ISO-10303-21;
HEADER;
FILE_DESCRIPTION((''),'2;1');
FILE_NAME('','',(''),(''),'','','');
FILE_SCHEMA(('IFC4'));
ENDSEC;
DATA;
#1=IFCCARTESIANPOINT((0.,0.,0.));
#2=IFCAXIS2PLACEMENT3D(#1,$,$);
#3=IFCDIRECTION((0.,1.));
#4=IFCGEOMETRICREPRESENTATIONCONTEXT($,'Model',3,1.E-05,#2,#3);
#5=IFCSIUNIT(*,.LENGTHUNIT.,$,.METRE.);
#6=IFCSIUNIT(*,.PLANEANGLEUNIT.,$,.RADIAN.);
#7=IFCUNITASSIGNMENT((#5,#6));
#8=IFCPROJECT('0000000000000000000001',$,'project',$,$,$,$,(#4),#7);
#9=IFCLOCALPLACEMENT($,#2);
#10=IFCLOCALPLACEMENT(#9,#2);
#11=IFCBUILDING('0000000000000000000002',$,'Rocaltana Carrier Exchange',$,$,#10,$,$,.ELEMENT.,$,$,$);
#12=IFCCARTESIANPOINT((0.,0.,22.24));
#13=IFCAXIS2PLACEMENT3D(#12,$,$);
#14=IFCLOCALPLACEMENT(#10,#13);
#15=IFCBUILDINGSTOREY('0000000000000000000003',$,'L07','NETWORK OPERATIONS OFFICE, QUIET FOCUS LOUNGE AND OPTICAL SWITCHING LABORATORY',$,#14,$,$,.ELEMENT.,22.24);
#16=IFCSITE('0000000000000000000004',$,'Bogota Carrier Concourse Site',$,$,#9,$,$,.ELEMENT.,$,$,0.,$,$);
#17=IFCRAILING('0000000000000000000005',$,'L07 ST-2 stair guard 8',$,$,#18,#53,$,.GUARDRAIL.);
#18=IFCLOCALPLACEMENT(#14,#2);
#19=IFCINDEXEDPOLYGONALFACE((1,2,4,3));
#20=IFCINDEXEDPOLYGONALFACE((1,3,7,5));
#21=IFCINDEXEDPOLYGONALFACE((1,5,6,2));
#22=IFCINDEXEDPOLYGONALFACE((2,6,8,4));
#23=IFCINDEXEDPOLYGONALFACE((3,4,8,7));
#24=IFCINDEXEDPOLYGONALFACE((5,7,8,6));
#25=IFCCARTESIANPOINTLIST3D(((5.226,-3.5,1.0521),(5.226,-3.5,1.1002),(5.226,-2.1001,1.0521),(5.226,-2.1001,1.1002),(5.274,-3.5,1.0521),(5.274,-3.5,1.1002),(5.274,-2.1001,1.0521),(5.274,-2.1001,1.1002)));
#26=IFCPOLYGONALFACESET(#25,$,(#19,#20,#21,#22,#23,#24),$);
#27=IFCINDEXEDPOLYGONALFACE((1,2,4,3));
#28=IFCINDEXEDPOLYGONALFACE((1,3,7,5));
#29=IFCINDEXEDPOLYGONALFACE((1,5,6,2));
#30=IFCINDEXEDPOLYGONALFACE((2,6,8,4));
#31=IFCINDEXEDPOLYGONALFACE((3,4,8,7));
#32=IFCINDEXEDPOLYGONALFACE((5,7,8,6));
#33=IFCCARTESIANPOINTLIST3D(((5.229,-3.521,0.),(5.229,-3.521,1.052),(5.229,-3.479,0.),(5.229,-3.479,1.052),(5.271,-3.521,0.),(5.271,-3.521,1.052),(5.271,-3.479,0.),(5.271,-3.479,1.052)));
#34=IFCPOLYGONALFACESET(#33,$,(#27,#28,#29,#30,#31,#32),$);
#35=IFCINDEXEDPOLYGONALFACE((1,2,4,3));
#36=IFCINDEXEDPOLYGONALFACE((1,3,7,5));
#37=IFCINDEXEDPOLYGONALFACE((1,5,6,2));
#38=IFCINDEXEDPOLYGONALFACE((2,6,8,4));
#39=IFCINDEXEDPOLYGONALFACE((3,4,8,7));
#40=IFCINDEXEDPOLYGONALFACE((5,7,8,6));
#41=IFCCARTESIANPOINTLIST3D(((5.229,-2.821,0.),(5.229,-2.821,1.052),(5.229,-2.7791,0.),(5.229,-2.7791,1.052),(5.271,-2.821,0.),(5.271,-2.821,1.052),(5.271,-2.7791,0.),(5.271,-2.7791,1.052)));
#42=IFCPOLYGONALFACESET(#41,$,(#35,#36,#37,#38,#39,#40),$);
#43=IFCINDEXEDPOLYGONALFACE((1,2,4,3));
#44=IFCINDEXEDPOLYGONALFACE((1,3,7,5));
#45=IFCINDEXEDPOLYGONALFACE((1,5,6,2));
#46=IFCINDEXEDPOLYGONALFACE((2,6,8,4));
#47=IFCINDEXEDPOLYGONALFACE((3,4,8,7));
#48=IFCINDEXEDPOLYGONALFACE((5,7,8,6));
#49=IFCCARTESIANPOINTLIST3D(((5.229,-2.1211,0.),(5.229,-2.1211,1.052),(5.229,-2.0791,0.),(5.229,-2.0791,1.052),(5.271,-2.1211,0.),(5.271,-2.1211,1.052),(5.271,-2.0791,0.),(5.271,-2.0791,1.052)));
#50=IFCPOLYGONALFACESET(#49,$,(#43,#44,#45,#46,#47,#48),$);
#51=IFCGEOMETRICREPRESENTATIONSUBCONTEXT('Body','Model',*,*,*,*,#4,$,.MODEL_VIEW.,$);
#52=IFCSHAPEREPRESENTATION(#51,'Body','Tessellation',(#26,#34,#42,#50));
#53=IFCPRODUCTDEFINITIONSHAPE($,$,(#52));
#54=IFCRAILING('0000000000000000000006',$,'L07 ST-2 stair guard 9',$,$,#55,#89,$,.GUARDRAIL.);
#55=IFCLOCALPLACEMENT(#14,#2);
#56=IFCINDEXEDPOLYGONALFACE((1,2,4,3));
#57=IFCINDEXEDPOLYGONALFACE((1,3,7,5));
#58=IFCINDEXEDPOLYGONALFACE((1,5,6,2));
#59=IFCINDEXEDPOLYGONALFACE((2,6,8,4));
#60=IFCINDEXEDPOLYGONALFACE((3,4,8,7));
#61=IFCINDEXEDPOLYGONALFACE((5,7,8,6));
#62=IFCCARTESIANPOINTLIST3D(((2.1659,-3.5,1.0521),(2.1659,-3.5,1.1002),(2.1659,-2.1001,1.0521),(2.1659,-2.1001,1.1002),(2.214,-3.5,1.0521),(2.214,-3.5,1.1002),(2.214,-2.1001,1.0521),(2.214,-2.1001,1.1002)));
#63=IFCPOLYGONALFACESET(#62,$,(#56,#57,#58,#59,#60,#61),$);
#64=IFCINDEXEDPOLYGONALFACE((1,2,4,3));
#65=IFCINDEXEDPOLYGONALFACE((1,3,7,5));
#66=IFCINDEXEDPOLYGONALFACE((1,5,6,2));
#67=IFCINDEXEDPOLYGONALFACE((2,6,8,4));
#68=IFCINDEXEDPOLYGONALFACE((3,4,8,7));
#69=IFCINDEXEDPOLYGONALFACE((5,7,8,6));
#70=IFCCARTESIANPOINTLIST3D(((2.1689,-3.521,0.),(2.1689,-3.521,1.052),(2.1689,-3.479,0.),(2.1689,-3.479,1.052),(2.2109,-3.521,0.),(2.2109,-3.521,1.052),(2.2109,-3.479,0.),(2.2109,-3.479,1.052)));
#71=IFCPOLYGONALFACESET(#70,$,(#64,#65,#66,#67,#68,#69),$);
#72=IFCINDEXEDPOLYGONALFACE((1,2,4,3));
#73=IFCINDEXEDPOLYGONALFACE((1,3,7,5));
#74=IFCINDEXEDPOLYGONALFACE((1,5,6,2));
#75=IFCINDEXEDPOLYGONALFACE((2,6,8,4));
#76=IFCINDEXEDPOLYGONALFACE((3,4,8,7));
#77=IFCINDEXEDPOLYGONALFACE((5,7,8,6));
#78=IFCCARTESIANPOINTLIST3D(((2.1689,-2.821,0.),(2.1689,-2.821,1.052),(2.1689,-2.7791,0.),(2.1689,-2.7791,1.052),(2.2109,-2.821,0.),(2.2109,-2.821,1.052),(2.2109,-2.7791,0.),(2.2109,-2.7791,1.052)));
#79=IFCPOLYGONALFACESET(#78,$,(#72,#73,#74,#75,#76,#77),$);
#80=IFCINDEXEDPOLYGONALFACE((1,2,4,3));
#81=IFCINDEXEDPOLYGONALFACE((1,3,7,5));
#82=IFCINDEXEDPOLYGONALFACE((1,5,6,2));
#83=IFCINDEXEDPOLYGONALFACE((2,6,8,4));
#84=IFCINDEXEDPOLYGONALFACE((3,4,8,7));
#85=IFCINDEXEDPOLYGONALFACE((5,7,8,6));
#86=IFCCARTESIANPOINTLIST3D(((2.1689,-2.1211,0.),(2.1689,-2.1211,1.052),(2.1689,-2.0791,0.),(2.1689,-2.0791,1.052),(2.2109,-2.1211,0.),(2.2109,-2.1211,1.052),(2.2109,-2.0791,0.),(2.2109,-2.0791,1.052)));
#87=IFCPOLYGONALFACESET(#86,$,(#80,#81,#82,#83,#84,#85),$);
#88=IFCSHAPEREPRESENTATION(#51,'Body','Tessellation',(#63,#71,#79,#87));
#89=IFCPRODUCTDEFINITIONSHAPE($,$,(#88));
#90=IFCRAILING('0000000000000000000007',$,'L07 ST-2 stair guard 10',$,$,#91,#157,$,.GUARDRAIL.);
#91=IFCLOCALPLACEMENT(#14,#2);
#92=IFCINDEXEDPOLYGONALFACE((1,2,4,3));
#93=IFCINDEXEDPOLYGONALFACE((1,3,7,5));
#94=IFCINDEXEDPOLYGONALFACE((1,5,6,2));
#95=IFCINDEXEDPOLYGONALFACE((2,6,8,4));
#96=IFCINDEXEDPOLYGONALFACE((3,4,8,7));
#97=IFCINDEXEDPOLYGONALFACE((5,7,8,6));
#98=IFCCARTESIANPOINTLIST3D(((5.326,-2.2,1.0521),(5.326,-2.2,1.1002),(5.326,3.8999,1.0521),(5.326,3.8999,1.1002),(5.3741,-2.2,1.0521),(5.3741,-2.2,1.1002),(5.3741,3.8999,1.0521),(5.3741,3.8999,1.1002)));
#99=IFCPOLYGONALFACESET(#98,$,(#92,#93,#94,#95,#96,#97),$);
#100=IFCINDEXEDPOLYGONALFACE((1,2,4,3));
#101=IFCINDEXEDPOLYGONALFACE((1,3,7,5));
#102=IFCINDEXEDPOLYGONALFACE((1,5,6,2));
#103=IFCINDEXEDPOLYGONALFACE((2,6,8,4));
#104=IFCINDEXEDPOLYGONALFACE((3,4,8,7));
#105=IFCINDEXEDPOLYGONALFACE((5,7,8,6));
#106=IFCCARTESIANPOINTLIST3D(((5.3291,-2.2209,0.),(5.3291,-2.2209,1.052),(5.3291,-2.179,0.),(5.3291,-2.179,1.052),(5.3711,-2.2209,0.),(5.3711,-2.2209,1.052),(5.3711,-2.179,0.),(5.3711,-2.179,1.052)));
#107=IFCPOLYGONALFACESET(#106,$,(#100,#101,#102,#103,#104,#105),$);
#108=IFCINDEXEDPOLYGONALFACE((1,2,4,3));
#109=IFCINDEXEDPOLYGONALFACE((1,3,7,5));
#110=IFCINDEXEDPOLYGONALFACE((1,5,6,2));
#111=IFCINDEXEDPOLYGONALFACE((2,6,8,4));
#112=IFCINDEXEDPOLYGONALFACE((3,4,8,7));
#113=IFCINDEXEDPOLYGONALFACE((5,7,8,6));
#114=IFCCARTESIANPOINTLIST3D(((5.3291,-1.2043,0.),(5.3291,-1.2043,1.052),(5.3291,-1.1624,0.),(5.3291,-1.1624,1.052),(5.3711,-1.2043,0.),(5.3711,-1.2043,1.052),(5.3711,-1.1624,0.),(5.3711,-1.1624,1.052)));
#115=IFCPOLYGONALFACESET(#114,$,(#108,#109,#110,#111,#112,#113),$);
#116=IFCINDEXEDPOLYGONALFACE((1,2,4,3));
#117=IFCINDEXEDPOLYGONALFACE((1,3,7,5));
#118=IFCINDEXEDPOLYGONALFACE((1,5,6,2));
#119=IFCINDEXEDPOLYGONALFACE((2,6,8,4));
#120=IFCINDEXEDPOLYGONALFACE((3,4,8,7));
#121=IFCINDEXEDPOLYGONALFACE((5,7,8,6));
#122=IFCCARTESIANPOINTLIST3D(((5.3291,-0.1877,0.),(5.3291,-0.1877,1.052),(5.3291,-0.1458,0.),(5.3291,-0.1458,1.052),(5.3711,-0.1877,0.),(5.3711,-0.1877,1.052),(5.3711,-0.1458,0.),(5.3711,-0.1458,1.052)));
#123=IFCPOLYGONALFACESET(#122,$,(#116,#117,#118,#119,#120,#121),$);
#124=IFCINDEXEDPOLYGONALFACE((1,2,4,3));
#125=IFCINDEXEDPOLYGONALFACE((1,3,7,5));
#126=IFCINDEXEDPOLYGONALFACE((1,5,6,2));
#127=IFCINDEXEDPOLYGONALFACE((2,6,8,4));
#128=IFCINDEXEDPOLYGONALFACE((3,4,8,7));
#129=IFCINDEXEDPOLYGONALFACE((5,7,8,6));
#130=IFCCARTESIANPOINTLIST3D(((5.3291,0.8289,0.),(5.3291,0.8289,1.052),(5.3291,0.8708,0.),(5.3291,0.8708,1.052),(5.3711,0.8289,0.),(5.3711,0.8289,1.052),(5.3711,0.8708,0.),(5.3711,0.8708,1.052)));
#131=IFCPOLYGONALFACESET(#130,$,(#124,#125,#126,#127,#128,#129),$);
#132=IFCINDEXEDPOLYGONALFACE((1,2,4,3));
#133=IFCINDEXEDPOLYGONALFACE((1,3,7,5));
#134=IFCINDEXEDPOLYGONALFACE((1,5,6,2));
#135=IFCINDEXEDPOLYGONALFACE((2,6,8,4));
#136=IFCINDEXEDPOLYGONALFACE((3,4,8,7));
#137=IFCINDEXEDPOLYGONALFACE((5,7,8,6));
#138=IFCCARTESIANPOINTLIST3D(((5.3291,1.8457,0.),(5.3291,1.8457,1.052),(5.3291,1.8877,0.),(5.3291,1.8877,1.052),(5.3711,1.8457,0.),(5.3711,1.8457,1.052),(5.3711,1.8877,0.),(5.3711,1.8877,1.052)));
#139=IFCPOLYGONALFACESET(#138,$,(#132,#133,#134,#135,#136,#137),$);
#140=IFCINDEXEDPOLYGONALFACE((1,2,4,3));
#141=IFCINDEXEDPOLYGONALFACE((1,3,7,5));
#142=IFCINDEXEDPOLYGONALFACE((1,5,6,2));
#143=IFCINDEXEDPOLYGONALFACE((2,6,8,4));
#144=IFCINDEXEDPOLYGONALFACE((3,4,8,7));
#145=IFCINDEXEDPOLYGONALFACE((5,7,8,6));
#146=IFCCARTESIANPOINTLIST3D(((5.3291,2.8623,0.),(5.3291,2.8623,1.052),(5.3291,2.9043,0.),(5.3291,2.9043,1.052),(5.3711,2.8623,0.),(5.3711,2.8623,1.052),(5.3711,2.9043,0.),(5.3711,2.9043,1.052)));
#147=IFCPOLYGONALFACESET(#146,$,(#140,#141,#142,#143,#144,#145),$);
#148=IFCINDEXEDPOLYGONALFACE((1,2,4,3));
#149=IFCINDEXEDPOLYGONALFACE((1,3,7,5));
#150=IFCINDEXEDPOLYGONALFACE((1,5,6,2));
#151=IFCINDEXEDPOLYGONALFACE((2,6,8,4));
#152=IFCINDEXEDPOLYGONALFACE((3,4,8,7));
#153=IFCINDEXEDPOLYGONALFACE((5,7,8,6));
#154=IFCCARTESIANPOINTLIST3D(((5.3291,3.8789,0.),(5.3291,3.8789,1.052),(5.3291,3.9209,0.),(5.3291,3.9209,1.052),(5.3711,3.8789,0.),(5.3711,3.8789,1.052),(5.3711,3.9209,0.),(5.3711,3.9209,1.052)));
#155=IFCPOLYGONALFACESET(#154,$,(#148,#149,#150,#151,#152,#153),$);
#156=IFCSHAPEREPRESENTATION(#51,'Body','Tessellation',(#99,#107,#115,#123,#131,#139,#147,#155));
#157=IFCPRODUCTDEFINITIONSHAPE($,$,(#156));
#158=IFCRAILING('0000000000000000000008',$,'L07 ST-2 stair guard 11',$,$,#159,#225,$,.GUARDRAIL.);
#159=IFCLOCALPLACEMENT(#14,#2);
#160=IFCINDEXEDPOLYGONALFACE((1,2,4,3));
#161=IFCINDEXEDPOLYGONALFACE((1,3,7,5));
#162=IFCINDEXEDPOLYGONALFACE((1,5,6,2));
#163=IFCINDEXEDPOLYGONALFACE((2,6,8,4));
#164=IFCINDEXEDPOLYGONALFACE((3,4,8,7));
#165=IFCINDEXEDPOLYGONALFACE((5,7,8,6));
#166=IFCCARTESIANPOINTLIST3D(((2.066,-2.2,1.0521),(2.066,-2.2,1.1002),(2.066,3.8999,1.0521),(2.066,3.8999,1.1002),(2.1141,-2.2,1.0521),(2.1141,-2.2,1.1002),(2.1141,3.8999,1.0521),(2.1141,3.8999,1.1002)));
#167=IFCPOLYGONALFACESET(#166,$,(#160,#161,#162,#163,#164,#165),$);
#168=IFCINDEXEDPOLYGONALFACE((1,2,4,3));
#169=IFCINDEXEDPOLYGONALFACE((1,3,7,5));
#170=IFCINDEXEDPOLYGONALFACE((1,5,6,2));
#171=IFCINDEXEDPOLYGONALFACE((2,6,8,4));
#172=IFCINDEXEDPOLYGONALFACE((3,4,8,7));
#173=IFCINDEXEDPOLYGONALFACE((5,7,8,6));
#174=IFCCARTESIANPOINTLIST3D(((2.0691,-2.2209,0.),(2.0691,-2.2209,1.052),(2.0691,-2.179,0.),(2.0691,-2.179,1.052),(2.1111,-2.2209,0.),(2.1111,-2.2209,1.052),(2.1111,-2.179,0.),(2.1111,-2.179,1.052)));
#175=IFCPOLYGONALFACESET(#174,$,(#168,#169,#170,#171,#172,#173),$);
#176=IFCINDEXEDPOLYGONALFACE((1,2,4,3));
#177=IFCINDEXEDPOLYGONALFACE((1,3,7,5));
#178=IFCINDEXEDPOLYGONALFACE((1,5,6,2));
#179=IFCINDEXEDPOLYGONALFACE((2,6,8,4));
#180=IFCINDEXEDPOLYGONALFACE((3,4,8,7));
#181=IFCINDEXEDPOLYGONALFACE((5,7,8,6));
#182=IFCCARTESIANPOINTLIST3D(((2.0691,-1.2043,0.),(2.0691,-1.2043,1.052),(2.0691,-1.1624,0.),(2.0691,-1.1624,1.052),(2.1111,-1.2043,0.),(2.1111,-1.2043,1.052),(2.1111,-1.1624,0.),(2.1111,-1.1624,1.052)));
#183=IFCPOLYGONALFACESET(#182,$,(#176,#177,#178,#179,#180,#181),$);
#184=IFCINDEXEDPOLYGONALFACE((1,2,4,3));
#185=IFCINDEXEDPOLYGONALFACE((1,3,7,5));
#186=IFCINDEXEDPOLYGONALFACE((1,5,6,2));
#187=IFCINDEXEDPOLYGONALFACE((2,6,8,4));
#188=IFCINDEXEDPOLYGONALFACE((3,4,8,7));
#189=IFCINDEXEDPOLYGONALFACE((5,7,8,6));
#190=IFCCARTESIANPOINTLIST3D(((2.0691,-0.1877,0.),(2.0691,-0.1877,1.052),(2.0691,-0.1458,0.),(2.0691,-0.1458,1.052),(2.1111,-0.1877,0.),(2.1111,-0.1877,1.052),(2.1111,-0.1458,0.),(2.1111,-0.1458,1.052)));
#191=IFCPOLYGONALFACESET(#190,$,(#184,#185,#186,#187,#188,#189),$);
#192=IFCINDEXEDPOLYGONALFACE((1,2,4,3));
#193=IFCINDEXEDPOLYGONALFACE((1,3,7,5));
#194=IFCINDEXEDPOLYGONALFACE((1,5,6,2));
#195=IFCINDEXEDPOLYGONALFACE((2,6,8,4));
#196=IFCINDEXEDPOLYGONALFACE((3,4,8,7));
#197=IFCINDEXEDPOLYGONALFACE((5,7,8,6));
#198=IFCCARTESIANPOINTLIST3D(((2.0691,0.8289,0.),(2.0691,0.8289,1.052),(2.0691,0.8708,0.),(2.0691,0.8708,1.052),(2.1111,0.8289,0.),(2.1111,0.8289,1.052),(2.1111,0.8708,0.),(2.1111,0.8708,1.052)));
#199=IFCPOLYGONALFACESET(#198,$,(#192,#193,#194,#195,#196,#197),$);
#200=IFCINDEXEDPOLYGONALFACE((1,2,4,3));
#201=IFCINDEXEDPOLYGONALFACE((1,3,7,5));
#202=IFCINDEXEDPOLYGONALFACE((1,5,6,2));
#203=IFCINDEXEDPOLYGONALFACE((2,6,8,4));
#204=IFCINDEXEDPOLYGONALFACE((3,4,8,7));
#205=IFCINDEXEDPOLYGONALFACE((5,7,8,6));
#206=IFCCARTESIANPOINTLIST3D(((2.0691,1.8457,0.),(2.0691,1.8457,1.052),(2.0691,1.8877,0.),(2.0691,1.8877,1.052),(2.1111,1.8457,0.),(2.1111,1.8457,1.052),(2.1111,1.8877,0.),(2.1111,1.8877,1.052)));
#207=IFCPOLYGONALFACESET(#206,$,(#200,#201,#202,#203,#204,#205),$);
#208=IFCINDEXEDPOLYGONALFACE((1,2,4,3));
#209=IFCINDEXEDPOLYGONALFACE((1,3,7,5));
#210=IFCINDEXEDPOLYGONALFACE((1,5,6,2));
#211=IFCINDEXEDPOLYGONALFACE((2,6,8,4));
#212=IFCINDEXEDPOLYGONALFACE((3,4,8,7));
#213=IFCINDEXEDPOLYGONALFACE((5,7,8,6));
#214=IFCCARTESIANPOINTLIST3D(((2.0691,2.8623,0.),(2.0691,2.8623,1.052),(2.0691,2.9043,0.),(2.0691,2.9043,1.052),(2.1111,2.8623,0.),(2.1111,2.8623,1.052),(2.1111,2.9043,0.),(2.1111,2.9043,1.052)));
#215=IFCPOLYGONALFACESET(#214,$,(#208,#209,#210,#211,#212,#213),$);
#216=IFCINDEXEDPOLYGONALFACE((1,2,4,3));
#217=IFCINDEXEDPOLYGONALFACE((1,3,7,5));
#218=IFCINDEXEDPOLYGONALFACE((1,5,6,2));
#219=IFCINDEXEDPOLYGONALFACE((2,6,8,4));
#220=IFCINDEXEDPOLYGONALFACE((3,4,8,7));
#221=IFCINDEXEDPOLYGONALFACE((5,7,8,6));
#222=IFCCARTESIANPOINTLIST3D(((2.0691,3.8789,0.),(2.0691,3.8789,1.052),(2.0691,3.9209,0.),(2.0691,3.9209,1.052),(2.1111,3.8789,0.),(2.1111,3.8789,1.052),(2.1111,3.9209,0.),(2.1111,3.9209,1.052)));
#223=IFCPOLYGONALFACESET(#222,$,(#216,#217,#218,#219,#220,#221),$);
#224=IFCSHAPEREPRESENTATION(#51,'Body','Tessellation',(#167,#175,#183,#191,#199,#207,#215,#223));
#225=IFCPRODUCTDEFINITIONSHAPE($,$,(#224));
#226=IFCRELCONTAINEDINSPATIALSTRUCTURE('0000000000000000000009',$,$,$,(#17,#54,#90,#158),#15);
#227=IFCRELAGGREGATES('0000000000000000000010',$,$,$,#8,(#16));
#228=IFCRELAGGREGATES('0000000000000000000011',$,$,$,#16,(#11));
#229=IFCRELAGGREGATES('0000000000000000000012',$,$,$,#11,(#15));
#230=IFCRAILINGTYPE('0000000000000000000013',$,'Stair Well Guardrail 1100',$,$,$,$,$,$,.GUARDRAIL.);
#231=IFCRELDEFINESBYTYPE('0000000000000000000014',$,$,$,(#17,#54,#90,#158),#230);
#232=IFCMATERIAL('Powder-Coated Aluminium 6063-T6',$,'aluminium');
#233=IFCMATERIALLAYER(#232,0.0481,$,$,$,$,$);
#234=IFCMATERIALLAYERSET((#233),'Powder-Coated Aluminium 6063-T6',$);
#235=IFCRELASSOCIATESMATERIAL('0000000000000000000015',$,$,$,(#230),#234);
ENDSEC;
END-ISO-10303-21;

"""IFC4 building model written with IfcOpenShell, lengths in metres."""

from ifc_helpers import new_model, si_unit, direction, frame, origin, origin_2d, place, context, subcontext, project, spatial, rectangle, extrude, material, layer, layer_set, type_object, element, save


model = new_model("IFC4")

# Units and contexts
model_context = context("Model", 3, precision=1e-05, world=origin(), true_north=direction((0.0, 1.0)))
body_context = subcontext(model_context, "Body", "Model", "MODEL_VIEW")
ifc_project = project(units=[si_unit("LENGTHUNIT", "METRE"), si_unit("PLANEANGLEUNIT", "RADIAN")], contexts=[model_context])

# Site, building, storey
site_placement = place(None, origin())
site = spatial("IfcSite", under=ifc_project, at=site_placement, Name="Bogota Carrier Concourse Site", CompositionType="ELEMENT", RefElevation=0.0)
building_placement = place(site_placement, origin())
building = spatial("IfcBuilding", under=site, at=building_placement, Name="Rocaltana Carrier Exchange", CompositionType="ELEMENT")
storey_placement = place(building_placement, frame((0.0, 0.0, 22.24)))
storey = spatial("IfcBuildingStorey", under=building, at=storey_placement, Name="L07", Description="NETWORK OPERATIONS OFFICE, QUIET FOCUS LOUNGE AND OPTICAL SWITCHING LABORATORY", CompositionType="ELEMENT", Elevation=22.24)

# Railings
ifc_material_1 = material(Name="Powder-Coated Aluminium 6063-T6", Category="aluminium")
ifc_layer_1 = layer(ifc_material_1, 0.0481)
ifc_layer_set_1 = layer_set([ifc_layer_1], Name="Powder-Coated Aluminium 6063-T6")
railing_type_1 = type_object("IfcRailingType", Name="Stair Well Guardrail 1100", PredefinedType="GUARDRAIL", material=ifc_layer_set_1)
for number, where, name in (
    (1, (5.25, -3.5, 0.0), "L07 ST-2 stair guard 8"),
    (2, (2.1899, -3.5, 0.0), "L07 ST-2 stair guard 9"),
):
    element("IfcRailing", number, at=place(storey_placement, frame(where)), inside=storey, type_object=railing_type_1, Name=name, PredefinedType="GUARDRAIL", context=body_context, shape_type="SweptSolid", body=[
        extrude(rectangle(XDim=0.0481, YDim=0.0481, at=origin_2d()), frame((0.0, 0.0, 1.0762), z_axis=(0.0, 1.0, 0.0), x_axis=(-1.0, 0.0, 0.0)), (0.0, 0.0, 1.0), 1.3999),
        extrude(rectangle(XDim=0.042, YDim=0.042, at=origin_2d()), origin(), (0.0, 0.0, 1.0), 1.052),
        extrude(rectangle(XDim=0.042, YDim=0.042, at=origin_2d()), frame((0.0, 0.7, 0.0)), (0.0, 0.0, 1.0), 1.052),
        extrude(rectangle(XDim=0.042, YDim=0.042, at=origin_2d()), frame((0.0, 1.3999, 0.0)), (0.0, 0.0, 1.0), 1.052),
    ])
for number, where, name in (
    (3, (5.3501, -2.2, 0.0), "L07 ST-2 stair guard 10"),
    (4, (2.0901, -2.2, 0.0), "L07 ST-2 stair guard 11"),
):
    element("IfcRailing", number, at=place(storey_placement, frame(where)), inside=storey, type_object=railing_type_1, Name=name, PredefinedType="GUARDRAIL", context=body_context, shape_type="SweptSolid", body=[
        extrude(rectangle(XDim=0.0481, YDim=0.0481, at=origin_2d()), frame((0.0, 0.0, 1.0762), z_axis=(0.0, 1.0, 0.0), x_axis=(-1.0, 0.0, 0.0)), (0.0, 0.0, 1.0), 6.0999),
        extrude(rectangle(XDim=0.042, YDim=0.042, at=origin_2d()), origin(), (0.0, 0.0, 1.0), 1.052),
        extrude(rectangle(XDim=0.042, YDim=0.042, at=origin_2d()), frame((0.0, 1.0166, 0.0)), (0.0, 0.0, 1.0), 1.052),
        extrude(rectangle(XDim=0.042, YDim=0.042, at=origin_2d()), frame((0.0, 2.0332, 0.0)), (0.0, 0.0, 1.0), 1.052),
        extrude(rectangle(XDim=0.042, YDim=0.042, at=origin_2d()), frame((0.0, 3.0498, 0.0)), (0.0, 0.0, 1.0), 1.052),
        extrude(rectangle(XDim=0.042, YDim=0.042, at=origin_2d()), frame((0.0, 4.0667, 0.0)), (0.0, 0.0, 1.0), 1.052),
        extrude(rectangle(XDim=0.042, YDim=0.042, at=origin_2d()), frame((0.0, 5.0833, 0.0)), (0.0, 0.0, 1.0), 1.052),
        extrude(rectangle(XDim=0.042, YDim=0.042, at=origin_2d()), frame((0.0, 6.0999, 0.0)), (0.0, 0.0, 1.0), 1.052),
    ])

save(model, "model.ifc")
